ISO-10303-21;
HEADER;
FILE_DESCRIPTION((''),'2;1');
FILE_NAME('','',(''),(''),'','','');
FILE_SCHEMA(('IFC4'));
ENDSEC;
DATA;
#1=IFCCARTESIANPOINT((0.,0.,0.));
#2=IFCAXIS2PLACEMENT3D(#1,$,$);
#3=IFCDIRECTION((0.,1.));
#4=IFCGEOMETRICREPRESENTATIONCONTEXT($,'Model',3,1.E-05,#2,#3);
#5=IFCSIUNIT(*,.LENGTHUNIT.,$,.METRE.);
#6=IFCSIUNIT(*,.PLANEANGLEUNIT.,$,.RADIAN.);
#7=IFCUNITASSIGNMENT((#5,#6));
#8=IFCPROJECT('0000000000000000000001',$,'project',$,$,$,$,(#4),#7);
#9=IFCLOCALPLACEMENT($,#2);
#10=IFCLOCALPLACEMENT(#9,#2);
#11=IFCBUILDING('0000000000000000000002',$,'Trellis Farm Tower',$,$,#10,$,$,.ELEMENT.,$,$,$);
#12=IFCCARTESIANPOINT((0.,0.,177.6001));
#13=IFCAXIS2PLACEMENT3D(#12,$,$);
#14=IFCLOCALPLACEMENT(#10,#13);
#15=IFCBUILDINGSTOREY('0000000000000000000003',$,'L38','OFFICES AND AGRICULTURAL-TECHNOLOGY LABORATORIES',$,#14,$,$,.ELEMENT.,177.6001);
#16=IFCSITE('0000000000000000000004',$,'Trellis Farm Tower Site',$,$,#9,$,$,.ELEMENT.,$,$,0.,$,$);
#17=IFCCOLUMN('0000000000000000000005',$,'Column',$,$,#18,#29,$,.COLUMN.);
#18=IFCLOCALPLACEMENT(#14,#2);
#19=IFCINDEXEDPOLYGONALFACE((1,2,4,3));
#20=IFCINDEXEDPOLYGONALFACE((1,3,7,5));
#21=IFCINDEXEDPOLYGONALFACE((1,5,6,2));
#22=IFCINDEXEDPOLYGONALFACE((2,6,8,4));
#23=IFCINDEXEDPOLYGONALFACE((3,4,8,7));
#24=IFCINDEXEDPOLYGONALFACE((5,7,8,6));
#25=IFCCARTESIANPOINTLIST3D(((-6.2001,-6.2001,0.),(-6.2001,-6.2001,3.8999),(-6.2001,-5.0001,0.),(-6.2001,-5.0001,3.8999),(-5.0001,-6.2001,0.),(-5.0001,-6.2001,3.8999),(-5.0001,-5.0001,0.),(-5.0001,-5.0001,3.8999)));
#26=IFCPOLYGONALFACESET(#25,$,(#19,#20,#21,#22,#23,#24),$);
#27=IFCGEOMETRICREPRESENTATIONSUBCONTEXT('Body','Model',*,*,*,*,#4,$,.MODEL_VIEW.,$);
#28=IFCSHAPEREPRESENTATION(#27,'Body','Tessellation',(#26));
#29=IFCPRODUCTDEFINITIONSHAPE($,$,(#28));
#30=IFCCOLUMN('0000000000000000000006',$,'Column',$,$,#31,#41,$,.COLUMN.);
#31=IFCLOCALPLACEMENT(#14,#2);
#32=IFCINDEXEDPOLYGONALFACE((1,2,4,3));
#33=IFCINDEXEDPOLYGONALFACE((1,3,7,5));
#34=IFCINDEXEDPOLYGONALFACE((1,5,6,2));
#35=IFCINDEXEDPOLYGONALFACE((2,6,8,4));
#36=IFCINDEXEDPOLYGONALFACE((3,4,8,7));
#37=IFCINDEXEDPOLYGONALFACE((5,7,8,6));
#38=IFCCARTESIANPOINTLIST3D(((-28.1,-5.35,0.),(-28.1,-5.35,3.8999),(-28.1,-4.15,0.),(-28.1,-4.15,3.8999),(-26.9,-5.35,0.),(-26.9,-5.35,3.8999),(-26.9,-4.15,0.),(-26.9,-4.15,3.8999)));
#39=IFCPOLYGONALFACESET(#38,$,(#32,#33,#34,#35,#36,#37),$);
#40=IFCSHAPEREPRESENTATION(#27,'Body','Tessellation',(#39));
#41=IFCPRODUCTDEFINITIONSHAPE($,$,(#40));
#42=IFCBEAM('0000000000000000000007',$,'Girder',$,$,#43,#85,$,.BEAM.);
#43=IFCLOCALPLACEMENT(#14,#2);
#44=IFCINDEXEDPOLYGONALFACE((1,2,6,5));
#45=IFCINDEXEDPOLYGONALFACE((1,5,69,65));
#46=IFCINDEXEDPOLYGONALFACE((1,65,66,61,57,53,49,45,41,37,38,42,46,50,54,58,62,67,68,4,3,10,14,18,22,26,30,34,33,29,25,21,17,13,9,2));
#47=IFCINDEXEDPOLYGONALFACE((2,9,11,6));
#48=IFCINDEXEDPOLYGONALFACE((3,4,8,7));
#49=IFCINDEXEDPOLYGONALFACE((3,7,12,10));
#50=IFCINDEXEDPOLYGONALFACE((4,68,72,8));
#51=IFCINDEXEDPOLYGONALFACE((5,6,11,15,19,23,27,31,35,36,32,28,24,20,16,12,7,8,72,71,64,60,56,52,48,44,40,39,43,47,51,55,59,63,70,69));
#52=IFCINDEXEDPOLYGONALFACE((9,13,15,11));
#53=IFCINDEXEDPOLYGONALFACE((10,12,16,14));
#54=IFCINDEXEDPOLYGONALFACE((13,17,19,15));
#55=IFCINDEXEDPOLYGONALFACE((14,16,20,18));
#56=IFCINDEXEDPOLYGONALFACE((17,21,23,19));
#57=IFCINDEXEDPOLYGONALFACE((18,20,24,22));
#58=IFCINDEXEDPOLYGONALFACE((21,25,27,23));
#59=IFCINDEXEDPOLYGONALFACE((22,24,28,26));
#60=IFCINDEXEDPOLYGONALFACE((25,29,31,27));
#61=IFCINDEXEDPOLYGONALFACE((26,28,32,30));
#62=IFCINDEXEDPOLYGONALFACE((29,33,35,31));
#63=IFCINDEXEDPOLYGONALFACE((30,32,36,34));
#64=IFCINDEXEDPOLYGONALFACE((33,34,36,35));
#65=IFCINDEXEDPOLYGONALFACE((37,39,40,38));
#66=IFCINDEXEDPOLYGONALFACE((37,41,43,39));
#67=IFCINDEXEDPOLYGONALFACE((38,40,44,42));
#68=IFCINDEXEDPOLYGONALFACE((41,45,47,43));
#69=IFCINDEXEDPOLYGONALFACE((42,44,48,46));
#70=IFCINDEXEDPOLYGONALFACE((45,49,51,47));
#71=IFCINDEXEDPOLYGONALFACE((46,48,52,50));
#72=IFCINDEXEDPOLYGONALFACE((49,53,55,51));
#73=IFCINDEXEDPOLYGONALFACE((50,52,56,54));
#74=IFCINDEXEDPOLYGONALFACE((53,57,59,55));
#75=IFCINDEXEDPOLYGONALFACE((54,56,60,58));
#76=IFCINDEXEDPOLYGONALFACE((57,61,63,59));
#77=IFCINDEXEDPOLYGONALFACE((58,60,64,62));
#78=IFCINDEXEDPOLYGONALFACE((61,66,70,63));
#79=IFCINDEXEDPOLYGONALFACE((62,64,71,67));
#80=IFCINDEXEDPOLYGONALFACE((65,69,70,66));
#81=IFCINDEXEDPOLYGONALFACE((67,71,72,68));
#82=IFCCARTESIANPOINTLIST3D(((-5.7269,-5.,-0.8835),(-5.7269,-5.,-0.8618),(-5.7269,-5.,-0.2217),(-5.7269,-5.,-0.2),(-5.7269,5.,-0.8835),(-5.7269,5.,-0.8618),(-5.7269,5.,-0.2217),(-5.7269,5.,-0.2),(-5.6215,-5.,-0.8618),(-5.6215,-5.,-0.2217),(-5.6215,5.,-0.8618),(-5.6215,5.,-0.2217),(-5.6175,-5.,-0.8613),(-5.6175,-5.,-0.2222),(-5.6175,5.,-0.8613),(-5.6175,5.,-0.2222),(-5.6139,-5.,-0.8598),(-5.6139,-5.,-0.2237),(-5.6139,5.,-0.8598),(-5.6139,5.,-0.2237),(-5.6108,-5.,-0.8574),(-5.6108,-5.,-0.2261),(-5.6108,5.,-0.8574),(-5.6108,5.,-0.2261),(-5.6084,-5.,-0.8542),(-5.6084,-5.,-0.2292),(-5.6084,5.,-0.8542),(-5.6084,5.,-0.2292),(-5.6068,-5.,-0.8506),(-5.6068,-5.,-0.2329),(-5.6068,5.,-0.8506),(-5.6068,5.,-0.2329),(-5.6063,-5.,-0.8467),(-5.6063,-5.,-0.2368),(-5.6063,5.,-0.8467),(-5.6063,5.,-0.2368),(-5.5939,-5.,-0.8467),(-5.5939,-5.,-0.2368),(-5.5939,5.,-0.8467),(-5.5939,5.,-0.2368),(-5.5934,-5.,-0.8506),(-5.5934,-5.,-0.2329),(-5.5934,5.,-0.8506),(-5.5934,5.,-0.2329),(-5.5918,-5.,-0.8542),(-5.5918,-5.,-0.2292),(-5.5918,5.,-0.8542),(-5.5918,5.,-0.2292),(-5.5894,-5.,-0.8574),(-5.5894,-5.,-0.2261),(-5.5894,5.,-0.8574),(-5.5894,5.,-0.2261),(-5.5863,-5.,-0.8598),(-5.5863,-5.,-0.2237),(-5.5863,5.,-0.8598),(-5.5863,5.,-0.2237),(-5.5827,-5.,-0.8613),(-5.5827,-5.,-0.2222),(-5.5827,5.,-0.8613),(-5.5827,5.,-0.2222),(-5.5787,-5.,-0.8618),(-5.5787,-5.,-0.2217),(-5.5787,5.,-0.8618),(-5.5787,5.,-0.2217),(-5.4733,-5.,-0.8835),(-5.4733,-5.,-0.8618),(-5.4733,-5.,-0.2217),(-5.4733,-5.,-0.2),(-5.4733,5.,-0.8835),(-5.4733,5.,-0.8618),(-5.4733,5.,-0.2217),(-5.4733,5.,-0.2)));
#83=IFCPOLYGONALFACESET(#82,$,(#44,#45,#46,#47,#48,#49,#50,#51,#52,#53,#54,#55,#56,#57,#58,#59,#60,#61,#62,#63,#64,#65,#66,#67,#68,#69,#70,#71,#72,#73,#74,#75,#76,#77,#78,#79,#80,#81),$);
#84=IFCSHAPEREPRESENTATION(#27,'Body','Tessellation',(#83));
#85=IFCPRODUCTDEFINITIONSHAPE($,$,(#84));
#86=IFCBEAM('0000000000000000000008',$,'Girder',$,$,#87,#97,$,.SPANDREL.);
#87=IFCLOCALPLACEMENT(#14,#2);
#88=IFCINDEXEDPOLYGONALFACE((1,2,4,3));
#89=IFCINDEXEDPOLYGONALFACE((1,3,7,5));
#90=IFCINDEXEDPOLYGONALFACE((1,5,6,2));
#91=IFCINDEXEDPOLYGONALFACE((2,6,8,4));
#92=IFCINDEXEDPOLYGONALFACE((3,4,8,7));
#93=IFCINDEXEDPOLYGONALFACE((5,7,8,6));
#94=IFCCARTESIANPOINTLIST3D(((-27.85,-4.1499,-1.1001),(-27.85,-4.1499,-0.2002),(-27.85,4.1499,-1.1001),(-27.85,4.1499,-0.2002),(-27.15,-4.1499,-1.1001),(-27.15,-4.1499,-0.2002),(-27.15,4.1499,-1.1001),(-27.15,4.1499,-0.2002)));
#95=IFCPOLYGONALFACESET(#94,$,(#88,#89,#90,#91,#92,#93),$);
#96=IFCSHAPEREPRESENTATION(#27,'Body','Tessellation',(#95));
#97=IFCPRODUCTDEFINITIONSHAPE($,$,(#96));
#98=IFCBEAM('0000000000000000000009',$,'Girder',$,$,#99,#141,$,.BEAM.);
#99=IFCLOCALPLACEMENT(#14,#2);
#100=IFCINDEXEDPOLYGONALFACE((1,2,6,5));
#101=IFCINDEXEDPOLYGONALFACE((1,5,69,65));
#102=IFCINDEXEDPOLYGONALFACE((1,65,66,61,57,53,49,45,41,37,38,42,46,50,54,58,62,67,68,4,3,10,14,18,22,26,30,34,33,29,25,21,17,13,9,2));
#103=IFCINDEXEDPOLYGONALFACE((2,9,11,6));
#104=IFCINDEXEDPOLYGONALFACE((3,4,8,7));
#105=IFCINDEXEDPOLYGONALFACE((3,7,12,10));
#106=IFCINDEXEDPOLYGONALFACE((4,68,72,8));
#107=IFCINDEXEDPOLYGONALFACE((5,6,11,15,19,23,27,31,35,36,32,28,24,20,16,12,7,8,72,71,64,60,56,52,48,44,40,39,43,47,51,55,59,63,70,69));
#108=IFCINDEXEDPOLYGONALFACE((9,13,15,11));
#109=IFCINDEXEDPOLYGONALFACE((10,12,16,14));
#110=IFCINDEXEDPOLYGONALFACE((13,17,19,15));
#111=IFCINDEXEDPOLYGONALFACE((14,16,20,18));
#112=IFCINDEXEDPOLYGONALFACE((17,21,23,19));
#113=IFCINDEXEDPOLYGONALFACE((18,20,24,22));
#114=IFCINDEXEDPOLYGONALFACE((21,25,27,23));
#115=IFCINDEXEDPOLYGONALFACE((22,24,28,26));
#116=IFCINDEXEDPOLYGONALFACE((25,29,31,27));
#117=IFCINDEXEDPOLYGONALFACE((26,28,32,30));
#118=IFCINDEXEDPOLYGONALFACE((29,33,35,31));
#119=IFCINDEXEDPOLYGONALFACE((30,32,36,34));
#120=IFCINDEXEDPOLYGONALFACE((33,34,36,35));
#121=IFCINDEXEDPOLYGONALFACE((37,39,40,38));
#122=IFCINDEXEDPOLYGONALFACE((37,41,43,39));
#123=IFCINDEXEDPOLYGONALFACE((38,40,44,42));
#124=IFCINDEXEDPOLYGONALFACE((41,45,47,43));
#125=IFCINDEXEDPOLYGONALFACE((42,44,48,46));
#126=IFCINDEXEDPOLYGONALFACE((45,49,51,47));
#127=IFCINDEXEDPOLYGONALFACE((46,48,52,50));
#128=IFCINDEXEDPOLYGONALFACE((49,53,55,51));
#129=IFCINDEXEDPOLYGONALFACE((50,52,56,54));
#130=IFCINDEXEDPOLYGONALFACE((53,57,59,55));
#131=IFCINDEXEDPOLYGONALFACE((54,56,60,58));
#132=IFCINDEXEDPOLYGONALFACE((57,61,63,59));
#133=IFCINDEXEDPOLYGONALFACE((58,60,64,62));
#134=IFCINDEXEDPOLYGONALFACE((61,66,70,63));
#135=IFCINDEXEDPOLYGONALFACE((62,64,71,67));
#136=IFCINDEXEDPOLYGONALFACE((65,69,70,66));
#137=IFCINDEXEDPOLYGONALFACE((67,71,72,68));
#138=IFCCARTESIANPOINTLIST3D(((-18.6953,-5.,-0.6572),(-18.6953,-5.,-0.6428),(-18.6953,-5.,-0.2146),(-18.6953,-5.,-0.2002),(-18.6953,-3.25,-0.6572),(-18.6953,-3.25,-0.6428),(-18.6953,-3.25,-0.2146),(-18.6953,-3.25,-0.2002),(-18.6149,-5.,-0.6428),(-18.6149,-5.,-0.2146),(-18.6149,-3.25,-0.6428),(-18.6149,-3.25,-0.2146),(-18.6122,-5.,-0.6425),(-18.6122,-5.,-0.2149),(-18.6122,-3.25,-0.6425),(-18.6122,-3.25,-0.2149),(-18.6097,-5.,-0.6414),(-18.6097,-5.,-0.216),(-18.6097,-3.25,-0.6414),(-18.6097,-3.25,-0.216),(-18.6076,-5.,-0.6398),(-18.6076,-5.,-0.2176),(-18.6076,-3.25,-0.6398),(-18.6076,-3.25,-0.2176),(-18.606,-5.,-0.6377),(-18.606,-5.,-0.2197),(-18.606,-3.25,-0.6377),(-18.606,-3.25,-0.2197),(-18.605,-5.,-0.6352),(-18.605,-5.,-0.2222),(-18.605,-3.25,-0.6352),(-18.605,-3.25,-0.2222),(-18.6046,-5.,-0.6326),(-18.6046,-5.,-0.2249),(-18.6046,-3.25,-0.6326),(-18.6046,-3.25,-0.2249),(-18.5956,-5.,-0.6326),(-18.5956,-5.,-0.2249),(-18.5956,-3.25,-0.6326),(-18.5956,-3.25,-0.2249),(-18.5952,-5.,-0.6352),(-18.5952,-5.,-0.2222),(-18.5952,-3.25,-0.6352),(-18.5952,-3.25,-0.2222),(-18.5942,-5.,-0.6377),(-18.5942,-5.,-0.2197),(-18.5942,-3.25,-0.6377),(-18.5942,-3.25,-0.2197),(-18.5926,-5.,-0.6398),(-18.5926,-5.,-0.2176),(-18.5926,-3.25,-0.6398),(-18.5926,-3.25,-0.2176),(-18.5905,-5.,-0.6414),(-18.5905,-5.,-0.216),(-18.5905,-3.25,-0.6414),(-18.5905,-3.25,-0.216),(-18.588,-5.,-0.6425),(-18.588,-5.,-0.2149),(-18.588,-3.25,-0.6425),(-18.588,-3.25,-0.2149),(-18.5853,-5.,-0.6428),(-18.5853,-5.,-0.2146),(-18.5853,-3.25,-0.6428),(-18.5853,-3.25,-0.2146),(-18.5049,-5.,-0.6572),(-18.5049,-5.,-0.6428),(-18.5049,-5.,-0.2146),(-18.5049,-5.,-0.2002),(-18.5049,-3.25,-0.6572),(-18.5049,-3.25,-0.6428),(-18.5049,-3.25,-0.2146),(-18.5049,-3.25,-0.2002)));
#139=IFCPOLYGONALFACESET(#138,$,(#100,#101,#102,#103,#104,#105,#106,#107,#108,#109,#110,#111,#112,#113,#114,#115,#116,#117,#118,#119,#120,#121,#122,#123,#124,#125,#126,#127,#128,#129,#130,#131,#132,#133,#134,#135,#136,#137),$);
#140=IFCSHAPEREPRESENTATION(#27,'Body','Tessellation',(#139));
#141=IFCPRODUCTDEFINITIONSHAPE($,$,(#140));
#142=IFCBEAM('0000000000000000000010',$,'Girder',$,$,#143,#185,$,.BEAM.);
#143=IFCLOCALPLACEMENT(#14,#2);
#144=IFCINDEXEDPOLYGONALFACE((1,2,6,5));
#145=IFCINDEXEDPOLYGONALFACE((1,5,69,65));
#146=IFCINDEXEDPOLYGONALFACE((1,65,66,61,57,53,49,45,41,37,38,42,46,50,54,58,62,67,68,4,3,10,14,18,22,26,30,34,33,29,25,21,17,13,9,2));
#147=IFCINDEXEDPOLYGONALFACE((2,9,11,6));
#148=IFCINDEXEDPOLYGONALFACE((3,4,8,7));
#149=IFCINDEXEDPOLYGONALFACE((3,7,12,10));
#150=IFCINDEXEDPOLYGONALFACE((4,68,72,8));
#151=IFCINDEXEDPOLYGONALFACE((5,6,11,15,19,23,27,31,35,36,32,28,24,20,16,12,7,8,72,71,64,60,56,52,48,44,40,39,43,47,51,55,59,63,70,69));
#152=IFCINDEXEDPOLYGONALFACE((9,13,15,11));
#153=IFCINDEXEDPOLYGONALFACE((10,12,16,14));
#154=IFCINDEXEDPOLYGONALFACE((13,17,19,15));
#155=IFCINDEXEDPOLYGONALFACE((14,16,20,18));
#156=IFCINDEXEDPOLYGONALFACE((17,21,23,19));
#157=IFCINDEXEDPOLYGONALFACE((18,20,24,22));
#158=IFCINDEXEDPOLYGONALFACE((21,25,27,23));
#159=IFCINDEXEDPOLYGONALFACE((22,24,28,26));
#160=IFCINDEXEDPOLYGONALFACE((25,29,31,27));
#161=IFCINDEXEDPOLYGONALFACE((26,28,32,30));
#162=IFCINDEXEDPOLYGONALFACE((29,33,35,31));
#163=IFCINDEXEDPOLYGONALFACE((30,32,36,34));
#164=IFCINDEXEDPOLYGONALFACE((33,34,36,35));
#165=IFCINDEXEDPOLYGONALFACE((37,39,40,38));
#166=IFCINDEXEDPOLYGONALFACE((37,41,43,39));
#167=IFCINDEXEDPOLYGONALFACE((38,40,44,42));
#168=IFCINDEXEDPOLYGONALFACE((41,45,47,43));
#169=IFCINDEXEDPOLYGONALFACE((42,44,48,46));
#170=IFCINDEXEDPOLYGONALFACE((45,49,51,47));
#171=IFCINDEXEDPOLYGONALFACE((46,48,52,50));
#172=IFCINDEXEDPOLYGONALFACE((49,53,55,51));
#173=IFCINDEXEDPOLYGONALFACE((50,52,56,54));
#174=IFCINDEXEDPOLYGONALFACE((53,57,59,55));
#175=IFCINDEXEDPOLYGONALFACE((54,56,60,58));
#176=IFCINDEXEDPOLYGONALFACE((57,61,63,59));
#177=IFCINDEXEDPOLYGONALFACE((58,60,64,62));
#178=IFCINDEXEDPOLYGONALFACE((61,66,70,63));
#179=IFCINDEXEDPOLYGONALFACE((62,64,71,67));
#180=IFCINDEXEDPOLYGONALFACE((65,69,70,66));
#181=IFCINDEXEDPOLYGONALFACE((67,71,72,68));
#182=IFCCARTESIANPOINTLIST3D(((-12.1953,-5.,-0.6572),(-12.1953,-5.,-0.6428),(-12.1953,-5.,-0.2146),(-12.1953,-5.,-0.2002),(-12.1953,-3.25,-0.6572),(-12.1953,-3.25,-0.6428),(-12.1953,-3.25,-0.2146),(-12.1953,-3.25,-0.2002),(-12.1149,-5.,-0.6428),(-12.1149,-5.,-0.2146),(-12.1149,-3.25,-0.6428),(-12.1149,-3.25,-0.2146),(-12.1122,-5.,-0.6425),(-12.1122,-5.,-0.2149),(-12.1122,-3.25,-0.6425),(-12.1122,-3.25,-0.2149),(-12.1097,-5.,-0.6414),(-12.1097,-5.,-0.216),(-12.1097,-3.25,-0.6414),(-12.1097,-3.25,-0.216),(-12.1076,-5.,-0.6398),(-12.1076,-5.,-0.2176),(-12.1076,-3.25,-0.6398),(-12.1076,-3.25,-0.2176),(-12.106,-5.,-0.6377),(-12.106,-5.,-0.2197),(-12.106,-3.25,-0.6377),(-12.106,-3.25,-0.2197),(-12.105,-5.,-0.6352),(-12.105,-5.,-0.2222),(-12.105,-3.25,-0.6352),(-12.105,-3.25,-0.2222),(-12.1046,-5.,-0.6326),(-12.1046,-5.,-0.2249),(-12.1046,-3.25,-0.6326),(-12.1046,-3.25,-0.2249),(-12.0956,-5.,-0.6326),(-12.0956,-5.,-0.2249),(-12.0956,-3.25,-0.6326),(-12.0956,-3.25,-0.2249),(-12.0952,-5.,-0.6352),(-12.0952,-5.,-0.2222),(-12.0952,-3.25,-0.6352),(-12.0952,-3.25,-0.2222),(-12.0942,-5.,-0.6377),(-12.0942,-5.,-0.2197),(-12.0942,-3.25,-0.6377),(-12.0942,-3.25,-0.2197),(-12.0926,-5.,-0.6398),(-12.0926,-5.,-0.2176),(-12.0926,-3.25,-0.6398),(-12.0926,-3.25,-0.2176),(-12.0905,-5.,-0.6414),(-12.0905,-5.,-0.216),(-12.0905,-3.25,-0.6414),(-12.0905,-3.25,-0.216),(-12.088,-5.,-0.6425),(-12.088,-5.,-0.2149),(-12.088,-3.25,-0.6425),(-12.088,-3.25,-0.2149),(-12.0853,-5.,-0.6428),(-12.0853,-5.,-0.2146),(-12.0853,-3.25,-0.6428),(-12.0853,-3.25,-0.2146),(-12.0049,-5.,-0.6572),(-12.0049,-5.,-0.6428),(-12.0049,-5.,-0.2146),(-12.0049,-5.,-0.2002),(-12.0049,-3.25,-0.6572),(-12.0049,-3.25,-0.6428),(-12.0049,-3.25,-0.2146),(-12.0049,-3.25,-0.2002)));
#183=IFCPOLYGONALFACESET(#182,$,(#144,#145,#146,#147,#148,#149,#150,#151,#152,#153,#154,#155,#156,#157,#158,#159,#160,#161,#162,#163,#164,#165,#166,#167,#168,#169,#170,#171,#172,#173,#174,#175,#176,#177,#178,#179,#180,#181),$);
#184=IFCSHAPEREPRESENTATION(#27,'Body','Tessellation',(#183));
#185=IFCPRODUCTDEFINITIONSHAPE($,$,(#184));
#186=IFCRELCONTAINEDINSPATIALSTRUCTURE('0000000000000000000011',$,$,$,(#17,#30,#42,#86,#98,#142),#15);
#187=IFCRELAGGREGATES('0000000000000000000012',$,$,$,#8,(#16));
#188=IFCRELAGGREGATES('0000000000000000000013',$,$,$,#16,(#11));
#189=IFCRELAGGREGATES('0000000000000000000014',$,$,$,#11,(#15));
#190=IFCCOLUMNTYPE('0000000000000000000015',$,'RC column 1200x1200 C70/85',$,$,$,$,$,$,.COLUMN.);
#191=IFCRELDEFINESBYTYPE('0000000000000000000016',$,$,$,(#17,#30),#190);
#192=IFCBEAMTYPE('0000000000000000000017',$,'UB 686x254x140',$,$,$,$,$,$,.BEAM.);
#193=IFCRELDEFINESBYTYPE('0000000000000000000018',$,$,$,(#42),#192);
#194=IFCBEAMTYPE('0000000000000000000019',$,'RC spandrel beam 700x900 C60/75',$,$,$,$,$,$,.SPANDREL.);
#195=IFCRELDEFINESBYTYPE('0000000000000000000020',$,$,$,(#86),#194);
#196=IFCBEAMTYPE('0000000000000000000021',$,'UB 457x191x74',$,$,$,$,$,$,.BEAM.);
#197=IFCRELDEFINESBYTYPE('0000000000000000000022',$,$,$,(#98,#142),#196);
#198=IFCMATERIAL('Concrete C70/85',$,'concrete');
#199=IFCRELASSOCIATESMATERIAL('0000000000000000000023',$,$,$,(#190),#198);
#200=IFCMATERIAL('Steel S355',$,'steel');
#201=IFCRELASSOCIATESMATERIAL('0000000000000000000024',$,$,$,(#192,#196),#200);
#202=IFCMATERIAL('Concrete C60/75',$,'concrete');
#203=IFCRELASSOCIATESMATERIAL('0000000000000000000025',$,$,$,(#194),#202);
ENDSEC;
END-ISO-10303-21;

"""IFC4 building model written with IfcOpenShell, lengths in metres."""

from ifc_helpers import new_model, si_unit, direction, frame, origin, origin_2d, place, context, subcontext, project, spatial, rectangle, i_section, extrude, source, transform, mapped, material, material_profile, profile_set, type_object, element, save


model = new_model("IFC4")

# Units and contexts
model_context = context("Model", 3, precision=1e-05, world=origin(), true_north=direction((0.0, 1.0)))
body_context = subcontext(model_context, "Body", "Model", "MODEL_VIEW")
ifc_project = project(units=[si_unit("LENGTHUNIT", "METRE"), si_unit("PLANEANGLEUNIT", "RADIAN")], contexts=[model_context])

# Site, building, storey
site_placement = place(None, origin())
site = spatial("IfcSite", under=ifc_project, at=site_placement, Name="Trellis Farm Tower Site", CompositionType="ELEMENT", RefElevation=0.0)
building_placement = place(site_placement, origin())
building = spatial("IfcBuilding", under=site, at=building_placement, Name="Trellis Farm Tower", CompositionType="ELEMENT")
storey_placement = place(building_placement, frame((0.0, 0.0, 177.6001)))
storey = spatial("IfcBuildingStorey", under=building, at=storey_placement, Name="L38", Description="OFFICES AND AGRICULTURAL-TECHNOLOGY LABORATORIES", CompositionType="ELEMENT", Elevation=177.6001)

# Columns
ifc_material_1 = material(Name="Concrete C70/85", Category="concrete")
ifc_material_profile_1 = material_profile(ifc_material_1, rectangle(XDim=1.2, YDim=1.2, at=origin_2d()), Name="RC column 1200x1200 C70/85")
ifc_profile_set_1 = profile_set([ifc_material_profile_1], Name="Concrete C70/85")
column_type = type_object("IfcColumnType", Name="RC column 1200x1200 C70/85", PredefinedType="COLUMN", material=ifc_profile_set_1)
shared_shape_1 = source(origin(), body_context, "Body", "SweptSolid", [
    extrude(rectangle(XDim=1.2, YDim=1.2, at=origin_2d()), origin(), (0.0, 0.0, 1.0), 3.8999),
])
for number, where, z_axis, x_axis, name in (
    (1, (-5.6001, -5.6001, 0.0), (0.0, 0.0, 1.0), (1.0, 0.0, 0.0), "Column"),
    (2, (-27.5, -4.75, 0.0), (0.0, 0.0, 1.0), (1.0, 0.0, 0.0), "Column"),
):
    element("IfcColumn", number, at=place(storey_placement, frame(where, z_axis=z_axis, x_axis=x_axis)), inside=storey, type_object=column_type, Name=name, PredefinedType="COLUMN", context=body_context, shape_type="MappedRepresentation", body=[
        mapped(shared_shape_1, transform((0.0, 0.0, 0.0))),
    ])

# Beams
ifc_material_2 = material(Name="Steel S355", Category="steel")
ifc_material_profile_2 = material_profile(ifc_material_2, i_section(OverallWidth=0.2537, OverallDepth=0.6836, WebThickness=0.0125, FlangeThickness=0.0217, FilletRadius=0.0151, at=origin_2d()), Name="UB 686x254x140")
ifc_profile_set_2 = profile_set([ifc_material_profile_2], Name="Steel S355")
beam_type_1 = type_object("IfcBeamType", Name="UB 686x254x140", PredefinedType="BEAM", material=ifc_profile_set_2)
shared_shape_2 = source(origin(), body_context, "Body", "SweptSolid", [
    extrude(i_section(OverallWidth=0.2537, OverallDepth=0.6836, WebThickness=0.0125, FlangeThickness=0.0217, FilletRadius=0.0151, at=origin_2d()), origin(), (0.0, 0.0, 1.0), 10.0),
])
beam_1_placement = place(storey_placement, frame((-5.6001, -5.0, -0.5417), z_axis=(0.0, 1.0, 0.0), x_axis=(-1.0, 0.0, 0.0)))
element("IfcBeam", 3, at=beam_1_placement, inside=storey, type_object=beam_type_1, Name="Girder", PredefinedType="BEAM", context=body_context, shape_type="MappedRepresentation", body=[
    mapped(shared_shape_2, transform((0.0, 0.0, 0.0))),
])
ifc_material_3 = material(Name="Concrete C60/75", Category="concrete")
ifc_material_profile_3 = material_profile(ifc_material_3, rectangle(XDim=0.7, YDim=0.8999, at=origin_2d()), Name="RC spandrel beam 700x900 C60/75")
ifc_profile_set_3 = profile_set([ifc_material_profile_3], Name="Concrete C60/75")
beam_type_2 = type_object("IfcBeamType", Name="RC spandrel beam 700x900 C60/75", PredefinedType="SPANDREL", material=ifc_profile_set_3)
shared_shape_3 = source(origin(), body_context, "Body", "SweptSolid", [
    extrude(rectangle(XDim=0.7, YDim=0.8999, at=origin_2d()), origin(), (0.0, 0.0, 1.0), 8.2998),
])
beam_2_placement = place(storey_placement, frame((-27.5, -4.1499, -0.6501), z_axis=(0.0, 1.0, 0.0), x_axis=(-1.0, 0.0, 0.0)))
element("IfcBeam", 4, at=beam_2_placement, inside=storey, type_object=beam_type_2, Name="Girder", PredefinedType="SPANDREL", context=body_context, shape_type="MappedRepresentation", body=[
    mapped(shared_shape_3, transform((0.0, 0.0, 0.0))),
])
ifc_material_profile_4 = material_profile(ifc_material_2, i_section(OverallWidth=0.1904, OverallDepth=0.457, WebThickness=0.009, FlangeThickness=0.0144, FilletRadius=0.0103, at=origin_2d()), Name="UB 457x191x74")
ifc_profile_set_4 = profile_set([ifc_material_profile_4], Name="Steel S355")
beam_type_3 = type_object("IfcBeamType", Name="UB 457x191x74", PredefinedType="BEAM", material=ifc_profile_set_4)
shared_shape_4 = source(origin(), body_context, "Body", "SweptSolid", [
    extrude(i_section(OverallWidth=0.1904, OverallDepth=0.457, WebThickness=0.009, FlangeThickness=0.0144, FilletRadius=0.0103, at=origin_2d()), origin(), (0.0, 0.0, 1.0), 1.75),
])
for number, where, z_axis, x_axis, name in (
    (5, (-18.6001, -5.0, -0.4287), (0.0, 1.0, 0.0), (-1.0, 0.0, 0.0), "Girder"),
    (6, (-12.1001, -5.0, -0.4287), (0.0, 1.0, 0.0), (-1.0, 0.0, 0.0), "Girder"),
):
    element("IfcBeam", number, at=place(storey_placement, frame(where, z_axis=z_axis, x_axis=x_axis)), inside=storey, type_object=beam_type_3, Name=name, PredefinedType="BEAM", context=body_context, shape_type="MappedRepresentation", body=[
        mapped(shared_shape_4, transform((0.0, 0.0, 0.0))),
    ])

save(model, "model.ifc")
